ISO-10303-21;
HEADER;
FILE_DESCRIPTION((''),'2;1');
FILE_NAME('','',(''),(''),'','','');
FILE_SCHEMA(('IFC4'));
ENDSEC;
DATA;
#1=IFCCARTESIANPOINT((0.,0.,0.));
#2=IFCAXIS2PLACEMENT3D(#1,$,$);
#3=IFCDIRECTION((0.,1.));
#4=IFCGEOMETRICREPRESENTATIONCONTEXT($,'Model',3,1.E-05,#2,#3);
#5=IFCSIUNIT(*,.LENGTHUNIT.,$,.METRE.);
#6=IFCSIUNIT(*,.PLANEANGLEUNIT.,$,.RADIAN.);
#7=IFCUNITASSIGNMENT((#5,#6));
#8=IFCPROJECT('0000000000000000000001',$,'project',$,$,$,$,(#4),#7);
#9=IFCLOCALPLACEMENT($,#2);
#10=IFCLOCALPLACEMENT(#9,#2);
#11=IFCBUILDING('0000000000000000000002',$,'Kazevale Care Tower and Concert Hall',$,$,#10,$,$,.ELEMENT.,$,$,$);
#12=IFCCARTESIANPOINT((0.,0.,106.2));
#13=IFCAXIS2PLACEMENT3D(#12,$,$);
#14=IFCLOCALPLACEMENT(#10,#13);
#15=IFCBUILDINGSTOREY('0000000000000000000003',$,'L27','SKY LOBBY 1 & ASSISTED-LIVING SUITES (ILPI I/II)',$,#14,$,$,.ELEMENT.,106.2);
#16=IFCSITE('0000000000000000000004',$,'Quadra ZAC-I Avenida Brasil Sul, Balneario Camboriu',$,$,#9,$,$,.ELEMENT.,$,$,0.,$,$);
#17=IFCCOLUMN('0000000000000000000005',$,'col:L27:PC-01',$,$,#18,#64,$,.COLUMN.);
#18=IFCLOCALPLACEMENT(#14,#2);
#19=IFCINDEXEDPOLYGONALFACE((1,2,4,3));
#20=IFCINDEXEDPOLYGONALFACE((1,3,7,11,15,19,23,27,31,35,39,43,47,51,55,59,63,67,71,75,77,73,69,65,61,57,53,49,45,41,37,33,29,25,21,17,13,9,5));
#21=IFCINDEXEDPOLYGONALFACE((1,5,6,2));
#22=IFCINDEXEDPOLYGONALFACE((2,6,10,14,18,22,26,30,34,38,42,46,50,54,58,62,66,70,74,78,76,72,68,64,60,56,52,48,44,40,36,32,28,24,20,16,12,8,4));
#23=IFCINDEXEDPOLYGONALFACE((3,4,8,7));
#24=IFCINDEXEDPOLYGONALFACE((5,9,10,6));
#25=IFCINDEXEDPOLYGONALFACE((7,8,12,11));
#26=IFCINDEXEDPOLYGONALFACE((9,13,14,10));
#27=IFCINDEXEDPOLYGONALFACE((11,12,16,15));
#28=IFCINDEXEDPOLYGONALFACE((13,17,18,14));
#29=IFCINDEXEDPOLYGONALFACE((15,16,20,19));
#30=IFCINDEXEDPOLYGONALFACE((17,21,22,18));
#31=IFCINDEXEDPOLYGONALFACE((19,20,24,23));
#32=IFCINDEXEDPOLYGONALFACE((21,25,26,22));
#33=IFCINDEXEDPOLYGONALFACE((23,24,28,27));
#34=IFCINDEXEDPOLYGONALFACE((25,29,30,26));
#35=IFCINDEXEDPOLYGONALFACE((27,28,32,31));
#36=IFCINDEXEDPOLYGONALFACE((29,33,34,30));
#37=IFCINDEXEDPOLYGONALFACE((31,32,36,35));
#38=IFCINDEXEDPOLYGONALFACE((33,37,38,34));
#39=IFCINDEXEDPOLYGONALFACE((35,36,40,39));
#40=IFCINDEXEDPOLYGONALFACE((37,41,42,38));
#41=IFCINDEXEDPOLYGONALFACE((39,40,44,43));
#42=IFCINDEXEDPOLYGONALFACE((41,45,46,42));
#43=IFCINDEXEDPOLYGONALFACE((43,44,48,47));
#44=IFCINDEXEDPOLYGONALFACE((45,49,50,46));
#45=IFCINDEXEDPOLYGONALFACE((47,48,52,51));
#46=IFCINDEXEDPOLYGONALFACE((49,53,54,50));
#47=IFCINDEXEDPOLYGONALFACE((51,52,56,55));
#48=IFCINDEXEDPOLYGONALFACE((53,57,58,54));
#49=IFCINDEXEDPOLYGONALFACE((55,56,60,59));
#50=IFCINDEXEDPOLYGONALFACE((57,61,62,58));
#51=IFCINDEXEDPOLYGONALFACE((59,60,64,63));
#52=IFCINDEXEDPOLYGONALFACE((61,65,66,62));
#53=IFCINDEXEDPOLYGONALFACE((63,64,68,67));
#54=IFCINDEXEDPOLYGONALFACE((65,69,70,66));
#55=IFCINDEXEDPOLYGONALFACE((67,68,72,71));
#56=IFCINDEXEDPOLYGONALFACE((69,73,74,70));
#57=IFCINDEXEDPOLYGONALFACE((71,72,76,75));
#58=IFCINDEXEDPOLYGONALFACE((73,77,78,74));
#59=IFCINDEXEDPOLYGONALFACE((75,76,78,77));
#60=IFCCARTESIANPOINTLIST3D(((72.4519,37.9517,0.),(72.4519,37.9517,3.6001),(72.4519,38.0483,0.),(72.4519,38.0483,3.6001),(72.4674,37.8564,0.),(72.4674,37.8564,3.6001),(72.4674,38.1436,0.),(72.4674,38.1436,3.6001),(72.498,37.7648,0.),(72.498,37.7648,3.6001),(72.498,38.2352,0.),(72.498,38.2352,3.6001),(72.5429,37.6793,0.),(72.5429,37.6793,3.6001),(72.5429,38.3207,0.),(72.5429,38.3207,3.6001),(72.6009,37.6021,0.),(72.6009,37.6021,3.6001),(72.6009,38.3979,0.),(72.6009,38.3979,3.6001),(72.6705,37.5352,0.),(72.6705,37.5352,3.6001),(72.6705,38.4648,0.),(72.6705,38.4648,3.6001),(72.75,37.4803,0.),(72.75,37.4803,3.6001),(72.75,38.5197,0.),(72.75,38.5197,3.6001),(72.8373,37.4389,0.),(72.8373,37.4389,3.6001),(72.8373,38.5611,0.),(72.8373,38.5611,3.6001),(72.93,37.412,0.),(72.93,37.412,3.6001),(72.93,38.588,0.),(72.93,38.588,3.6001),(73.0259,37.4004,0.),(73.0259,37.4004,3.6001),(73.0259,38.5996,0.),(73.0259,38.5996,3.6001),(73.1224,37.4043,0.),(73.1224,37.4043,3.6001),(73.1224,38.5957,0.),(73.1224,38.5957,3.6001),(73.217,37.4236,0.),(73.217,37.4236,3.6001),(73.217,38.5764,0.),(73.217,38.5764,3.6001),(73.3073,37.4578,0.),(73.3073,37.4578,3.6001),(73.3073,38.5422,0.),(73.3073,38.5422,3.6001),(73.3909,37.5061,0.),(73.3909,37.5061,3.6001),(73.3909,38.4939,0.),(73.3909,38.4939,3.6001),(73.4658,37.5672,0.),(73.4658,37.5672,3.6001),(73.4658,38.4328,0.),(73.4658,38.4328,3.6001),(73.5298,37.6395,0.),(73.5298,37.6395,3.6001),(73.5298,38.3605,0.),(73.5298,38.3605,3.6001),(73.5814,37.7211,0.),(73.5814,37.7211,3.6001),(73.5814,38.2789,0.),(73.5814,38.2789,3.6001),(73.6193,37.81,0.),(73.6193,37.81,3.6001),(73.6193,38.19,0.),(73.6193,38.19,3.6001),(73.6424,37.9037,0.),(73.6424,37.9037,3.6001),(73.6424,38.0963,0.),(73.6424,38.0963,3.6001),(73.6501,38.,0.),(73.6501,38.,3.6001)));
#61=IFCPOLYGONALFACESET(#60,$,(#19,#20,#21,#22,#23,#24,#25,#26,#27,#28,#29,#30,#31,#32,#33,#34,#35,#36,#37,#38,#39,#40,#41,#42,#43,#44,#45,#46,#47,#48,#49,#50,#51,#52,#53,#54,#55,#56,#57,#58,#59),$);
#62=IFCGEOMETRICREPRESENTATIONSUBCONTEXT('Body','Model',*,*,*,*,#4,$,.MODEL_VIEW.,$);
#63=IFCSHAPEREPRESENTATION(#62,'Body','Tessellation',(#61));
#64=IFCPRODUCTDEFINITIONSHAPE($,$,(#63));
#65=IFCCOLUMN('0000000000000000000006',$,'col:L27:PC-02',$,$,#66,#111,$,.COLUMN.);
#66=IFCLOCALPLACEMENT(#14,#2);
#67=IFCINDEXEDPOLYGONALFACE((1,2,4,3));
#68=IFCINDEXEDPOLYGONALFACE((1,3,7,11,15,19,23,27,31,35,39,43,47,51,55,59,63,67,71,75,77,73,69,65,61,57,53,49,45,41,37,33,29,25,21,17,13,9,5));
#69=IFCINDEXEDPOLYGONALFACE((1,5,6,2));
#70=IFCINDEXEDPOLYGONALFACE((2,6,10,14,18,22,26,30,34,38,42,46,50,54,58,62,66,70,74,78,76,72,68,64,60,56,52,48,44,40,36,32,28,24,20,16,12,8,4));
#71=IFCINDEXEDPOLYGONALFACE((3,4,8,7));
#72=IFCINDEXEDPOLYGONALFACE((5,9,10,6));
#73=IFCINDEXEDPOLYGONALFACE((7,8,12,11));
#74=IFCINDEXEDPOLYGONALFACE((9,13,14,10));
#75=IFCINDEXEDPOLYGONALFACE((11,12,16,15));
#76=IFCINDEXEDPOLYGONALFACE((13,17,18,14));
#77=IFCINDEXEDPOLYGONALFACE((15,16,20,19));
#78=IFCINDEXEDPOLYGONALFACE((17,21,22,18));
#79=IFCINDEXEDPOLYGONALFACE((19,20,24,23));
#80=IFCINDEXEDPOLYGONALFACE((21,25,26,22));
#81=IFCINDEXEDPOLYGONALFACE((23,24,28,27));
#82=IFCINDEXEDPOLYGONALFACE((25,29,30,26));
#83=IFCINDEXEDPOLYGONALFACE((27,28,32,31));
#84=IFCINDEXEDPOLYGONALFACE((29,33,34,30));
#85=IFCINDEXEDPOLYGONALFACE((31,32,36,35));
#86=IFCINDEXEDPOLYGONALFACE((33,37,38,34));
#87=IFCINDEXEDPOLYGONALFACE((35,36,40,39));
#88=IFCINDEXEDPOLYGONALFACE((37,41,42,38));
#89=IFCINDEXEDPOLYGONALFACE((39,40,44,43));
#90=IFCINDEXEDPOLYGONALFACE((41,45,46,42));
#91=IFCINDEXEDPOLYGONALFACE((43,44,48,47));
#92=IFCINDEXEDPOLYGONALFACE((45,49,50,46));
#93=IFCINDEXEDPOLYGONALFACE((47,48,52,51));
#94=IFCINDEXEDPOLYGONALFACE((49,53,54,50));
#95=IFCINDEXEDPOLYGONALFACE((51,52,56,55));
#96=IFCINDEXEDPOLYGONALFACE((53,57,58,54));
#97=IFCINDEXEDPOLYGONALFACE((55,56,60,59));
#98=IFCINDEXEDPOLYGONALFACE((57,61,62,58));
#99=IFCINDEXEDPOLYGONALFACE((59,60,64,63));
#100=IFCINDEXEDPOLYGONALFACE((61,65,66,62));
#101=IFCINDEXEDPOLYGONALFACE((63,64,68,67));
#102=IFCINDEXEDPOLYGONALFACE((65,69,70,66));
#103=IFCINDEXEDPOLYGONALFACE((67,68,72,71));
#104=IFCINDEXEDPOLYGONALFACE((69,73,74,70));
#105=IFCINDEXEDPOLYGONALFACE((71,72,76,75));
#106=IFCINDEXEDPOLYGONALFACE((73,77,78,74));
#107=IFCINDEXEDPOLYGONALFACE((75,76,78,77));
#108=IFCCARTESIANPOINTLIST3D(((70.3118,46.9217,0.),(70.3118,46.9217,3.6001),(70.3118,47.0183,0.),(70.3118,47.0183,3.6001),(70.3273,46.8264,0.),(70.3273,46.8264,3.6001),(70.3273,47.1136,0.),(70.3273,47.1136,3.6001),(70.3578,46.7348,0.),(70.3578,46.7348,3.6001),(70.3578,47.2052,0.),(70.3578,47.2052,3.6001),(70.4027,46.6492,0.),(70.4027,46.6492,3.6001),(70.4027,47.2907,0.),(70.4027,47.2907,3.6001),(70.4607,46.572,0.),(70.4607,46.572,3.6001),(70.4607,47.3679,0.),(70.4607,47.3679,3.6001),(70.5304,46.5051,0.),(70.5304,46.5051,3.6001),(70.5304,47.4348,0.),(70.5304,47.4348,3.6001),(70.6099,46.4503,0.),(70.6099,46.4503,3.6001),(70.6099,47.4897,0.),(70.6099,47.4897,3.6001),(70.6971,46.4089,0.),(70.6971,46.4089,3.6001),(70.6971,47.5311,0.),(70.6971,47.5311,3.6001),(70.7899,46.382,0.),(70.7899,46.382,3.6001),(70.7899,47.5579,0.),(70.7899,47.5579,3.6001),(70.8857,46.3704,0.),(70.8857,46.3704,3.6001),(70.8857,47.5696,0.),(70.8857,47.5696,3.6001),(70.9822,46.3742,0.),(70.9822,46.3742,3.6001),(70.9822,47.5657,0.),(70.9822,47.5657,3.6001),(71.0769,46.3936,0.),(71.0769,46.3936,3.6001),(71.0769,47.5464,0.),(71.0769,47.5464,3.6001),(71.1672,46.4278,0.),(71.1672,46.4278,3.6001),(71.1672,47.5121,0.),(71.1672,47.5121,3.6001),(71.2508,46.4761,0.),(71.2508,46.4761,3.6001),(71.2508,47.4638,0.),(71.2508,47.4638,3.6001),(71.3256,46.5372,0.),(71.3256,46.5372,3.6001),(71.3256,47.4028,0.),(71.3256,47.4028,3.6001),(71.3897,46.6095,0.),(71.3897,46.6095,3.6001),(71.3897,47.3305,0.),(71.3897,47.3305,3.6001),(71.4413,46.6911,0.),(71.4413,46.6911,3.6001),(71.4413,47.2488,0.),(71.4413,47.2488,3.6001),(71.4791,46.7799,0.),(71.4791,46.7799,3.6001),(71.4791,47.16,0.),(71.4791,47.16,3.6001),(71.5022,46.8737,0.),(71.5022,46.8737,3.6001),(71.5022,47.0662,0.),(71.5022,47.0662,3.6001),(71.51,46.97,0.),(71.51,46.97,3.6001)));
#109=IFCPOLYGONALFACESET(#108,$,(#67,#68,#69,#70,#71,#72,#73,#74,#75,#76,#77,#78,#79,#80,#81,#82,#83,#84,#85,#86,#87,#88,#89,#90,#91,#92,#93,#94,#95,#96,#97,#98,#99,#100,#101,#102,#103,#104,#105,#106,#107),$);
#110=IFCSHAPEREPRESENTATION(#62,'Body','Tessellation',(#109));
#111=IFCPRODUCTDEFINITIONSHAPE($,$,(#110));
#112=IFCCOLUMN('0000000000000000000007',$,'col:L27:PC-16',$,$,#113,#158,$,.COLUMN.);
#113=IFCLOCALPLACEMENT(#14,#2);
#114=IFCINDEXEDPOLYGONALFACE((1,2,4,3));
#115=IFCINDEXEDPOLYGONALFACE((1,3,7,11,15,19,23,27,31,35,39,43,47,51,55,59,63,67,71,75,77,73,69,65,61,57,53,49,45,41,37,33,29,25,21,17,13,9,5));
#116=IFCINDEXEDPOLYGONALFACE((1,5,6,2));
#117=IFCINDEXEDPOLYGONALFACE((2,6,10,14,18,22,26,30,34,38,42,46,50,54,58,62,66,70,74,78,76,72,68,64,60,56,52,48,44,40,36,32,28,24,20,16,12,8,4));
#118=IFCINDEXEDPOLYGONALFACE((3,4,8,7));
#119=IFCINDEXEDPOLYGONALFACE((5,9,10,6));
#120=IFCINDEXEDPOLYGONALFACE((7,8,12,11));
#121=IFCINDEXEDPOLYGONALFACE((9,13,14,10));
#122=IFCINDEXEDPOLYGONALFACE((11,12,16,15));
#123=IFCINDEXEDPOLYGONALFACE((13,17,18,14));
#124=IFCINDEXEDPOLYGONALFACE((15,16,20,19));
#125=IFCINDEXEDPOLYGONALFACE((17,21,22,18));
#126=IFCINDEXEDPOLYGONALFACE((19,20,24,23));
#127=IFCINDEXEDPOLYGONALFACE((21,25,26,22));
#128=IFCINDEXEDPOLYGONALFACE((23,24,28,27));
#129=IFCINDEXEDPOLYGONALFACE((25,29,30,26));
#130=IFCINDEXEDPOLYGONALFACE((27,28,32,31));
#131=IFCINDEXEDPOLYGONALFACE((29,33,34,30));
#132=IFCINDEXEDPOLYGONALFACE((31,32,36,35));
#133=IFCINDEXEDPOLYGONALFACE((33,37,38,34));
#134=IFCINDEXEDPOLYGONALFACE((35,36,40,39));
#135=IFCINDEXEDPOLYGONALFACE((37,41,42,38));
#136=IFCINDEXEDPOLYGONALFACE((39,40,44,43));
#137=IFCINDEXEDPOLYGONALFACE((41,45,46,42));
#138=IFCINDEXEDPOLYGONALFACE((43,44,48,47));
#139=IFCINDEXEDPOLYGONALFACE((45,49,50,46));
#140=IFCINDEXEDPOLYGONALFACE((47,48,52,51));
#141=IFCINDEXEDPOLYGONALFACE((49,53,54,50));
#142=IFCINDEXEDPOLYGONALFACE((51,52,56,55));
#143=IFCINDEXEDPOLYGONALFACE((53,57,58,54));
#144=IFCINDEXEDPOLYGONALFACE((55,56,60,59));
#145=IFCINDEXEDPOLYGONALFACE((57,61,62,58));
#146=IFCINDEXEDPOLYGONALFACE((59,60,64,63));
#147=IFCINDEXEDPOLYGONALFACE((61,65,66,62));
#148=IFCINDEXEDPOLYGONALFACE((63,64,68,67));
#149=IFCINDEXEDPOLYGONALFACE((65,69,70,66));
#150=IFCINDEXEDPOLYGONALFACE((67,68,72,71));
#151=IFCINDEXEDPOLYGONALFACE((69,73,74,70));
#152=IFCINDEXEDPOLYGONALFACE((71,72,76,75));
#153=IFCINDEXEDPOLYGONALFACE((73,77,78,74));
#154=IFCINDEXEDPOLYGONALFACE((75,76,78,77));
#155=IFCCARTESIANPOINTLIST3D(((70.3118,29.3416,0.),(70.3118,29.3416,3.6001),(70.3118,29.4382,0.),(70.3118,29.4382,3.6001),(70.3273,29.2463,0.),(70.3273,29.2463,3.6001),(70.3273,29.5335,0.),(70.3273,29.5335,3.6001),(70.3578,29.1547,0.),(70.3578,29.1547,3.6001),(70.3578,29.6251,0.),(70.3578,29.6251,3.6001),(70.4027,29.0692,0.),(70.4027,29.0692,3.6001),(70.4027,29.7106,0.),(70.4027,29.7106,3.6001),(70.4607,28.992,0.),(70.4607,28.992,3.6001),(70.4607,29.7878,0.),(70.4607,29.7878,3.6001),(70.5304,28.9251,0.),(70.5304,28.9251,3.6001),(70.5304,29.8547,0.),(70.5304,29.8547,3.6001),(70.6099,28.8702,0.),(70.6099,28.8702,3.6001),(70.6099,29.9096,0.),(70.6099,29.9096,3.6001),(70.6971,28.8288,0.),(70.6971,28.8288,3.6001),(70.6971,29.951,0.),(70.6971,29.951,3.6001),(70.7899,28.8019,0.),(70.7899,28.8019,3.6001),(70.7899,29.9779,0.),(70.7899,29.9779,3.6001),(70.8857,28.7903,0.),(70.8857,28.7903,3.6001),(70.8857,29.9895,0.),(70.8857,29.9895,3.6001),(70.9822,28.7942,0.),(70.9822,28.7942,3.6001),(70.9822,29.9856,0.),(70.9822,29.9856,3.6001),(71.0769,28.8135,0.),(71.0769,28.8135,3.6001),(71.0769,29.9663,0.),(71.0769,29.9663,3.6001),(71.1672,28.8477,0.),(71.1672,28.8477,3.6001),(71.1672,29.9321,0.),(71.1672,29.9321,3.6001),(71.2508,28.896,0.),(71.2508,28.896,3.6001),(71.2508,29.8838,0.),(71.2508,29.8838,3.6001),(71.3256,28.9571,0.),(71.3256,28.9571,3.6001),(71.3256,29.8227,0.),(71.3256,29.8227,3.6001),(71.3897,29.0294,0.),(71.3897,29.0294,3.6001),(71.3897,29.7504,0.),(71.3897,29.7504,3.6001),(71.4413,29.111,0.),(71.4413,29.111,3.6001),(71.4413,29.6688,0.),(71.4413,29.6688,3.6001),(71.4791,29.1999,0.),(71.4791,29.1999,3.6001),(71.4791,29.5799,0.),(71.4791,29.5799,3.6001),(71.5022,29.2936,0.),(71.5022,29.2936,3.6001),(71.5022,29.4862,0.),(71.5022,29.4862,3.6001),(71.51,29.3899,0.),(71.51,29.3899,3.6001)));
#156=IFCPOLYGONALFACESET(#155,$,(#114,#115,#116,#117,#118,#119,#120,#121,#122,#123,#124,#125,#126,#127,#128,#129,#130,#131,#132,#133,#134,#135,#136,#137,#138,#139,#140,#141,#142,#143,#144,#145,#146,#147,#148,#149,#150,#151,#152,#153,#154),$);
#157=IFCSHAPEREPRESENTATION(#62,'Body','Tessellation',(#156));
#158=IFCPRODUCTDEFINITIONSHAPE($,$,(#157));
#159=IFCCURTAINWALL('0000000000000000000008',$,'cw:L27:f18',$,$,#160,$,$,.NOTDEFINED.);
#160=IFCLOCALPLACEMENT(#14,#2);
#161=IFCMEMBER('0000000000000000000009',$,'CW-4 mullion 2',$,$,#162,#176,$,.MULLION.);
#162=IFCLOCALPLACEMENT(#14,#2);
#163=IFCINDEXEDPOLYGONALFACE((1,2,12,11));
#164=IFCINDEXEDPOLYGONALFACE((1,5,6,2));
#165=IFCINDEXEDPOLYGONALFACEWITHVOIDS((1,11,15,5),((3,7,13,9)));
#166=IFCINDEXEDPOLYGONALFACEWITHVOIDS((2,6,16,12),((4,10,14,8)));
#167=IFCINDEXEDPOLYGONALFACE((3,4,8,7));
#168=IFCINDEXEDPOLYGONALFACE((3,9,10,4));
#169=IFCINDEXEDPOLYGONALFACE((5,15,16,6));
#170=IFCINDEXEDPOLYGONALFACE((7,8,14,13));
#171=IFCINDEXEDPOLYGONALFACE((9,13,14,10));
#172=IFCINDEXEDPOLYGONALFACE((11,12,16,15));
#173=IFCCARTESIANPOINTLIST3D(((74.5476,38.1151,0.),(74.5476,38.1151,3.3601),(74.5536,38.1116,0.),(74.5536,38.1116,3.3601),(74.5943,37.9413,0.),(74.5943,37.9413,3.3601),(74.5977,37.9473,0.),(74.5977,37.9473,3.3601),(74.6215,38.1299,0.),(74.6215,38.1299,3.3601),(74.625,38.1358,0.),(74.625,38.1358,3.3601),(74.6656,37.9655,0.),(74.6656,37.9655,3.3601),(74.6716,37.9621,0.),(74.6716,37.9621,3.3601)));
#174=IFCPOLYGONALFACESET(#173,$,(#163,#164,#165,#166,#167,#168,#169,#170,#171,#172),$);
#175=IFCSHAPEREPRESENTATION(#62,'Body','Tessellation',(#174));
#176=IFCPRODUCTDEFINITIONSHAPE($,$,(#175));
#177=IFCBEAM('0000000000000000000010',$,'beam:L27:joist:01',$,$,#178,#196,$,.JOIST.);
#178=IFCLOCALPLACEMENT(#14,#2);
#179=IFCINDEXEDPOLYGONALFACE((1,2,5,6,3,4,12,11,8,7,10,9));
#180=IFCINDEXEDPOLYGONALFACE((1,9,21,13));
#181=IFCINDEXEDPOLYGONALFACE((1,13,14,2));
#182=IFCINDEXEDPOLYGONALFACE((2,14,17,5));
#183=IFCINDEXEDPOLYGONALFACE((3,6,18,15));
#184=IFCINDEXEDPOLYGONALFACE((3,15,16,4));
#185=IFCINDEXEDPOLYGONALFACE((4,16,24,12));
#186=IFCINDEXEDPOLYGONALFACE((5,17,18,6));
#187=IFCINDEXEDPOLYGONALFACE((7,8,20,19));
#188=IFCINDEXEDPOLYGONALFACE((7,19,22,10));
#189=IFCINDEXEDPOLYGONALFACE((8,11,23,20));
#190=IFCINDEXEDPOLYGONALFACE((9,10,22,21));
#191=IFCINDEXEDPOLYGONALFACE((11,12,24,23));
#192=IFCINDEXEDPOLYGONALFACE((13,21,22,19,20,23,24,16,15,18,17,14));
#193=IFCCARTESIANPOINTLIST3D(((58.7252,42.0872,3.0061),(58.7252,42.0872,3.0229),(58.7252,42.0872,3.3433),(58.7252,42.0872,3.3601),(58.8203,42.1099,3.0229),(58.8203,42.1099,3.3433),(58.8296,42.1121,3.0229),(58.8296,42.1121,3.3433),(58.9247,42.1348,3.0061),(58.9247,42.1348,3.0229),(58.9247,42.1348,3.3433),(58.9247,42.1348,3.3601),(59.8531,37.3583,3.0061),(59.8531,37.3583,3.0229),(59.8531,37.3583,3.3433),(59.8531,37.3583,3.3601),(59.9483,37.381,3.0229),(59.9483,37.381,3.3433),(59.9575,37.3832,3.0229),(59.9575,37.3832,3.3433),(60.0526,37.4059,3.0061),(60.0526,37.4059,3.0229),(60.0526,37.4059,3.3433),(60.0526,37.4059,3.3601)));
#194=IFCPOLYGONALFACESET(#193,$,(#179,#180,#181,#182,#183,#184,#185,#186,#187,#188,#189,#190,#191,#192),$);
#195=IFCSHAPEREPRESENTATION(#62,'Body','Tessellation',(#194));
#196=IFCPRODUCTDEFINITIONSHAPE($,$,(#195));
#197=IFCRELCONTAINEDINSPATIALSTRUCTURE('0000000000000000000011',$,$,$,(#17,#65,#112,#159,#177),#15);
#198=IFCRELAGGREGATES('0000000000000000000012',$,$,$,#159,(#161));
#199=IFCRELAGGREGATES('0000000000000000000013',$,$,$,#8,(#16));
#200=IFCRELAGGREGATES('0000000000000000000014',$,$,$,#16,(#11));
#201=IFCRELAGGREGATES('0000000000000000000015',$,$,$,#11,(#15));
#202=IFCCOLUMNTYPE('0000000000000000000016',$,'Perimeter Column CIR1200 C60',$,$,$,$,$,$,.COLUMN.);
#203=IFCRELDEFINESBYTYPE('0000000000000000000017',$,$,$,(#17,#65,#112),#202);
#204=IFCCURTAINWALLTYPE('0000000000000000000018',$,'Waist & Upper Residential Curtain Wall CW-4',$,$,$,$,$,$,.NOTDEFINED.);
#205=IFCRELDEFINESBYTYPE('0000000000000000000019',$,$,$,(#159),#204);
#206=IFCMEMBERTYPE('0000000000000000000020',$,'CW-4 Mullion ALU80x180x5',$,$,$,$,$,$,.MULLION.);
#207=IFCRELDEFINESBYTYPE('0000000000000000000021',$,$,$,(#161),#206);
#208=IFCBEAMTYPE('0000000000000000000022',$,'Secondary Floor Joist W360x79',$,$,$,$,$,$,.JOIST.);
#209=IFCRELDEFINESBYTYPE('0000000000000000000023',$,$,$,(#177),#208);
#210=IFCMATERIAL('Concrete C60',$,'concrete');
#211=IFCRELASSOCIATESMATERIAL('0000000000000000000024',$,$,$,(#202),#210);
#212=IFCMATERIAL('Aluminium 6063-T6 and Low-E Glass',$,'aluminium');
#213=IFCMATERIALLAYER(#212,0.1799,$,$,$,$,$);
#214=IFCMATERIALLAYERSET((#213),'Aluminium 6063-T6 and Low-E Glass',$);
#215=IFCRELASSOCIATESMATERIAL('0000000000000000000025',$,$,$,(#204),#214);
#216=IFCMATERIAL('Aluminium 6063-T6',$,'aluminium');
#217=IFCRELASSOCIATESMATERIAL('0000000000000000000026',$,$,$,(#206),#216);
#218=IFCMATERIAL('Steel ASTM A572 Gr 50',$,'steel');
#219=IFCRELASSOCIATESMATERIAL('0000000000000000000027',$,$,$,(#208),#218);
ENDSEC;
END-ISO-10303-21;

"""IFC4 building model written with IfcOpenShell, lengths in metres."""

from ifc_helpers import new_model, si_unit, direction, frame, origin, origin_2d, place, context, subcontext, project, spatial, hollow_rectangle, circle, i_section, extrude, material, layer, layer_set, material_profile, profile_set, type_object, element, aggregate, save


model = new_model("IFC4")

# Units and contexts
model_context = context("Model", 3, precision=1e-05, world=origin(), true_north=direction((0.0, 1.0)))
body_context = subcontext(model_context, "Body", "Model", "MODEL_VIEW")
ifc_project = project(units=[si_unit("LENGTHUNIT", "METRE"), si_unit("PLANEANGLEUNIT", "RADIAN")], contexts=[model_context])

# Site, building, storey
site_placement = place(None, origin())
site = spatial("IfcSite", under=ifc_project, at=site_placement, Name="Quadra ZAC-I Avenida Brasil Sul, Balneario Camboriu", CompositionType="ELEMENT", RefElevation=0.0)
building_placement = place(site_placement, origin())
building = spatial("IfcBuilding", under=site, at=building_placement, Name="Kazevale Care Tower and Concert Hall", CompositionType="ELEMENT")
storey_placement = place(building_placement, frame((0.0, 0.0, 106.2)))
storey = spatial("IfcBuildingStorey", under=building, at=storey_placement, Name="L27", Description="SKY LOBBY 1 & ASSISTED-LIVING SUITES (ILPI I/II)", CompositionType="ELEMENT", Elevation=106.2)

# Columns
ifc_material_1 = material(Name="Concrete C60", Category="concrete")
ifc_material_profile_1 = material_profile(ifc_material_1, circle(Radius=0.6001, at=origin_2d()), Name="RC-CIR1200")
ifc_profile_set_1 = profile_set([ifc_material_profile_1], Name="Concrete C60")
column_type = type_object("IfcColumnType", Name="Perimeter Column CIR1200 C60", PredefinedType="COLUMN", material=ifc_profile_set_1)
for number, where, z_axis, x_axis, name in (
    (1, (73.05, 38.0, 0.0), (0.0, 0.0, 1.0), (1.0, 0.0, 0.0), "col:L27:PC-01"),
    (2, (70.9099, 46.97, 0.0), (0.0, 0.0, 1.0), (1.0, 0.0, 0.0), "col:L27:PC-02"),
    (3, (70.9099, 29.3899, 0.0), (0.0, 0.0, 1.0), (1.0, 0.0, 0.0), "col:L27:PC-16"),
):
    element("IfcColumn", number, at=place(storey_placement, frame(where, z_axis=z_axis, x_axis=x_axis)), inside=storey, type_object=column_type, Name=name, PredefinedType="COLUMN", context=body_context, shape_type="SweptSolid", body=[
        extrude(circle(Radius=0.6001, at=origin_2d()), origin(), (0.0, 0.0, 1.0), 3.6001),
    ])

# Curtain wall, member
ifc_material_2 = material(Name="Aluminium 6063-T6 and Low-E Glass", Category="aluminium")
ifc_layer_1 = layer(ifc_material_2, 0.1799)
ifc_layer_set_1 = layer_set([ifc_layer_1], Name="Aluminium 6063-T6 and Low-E Glass")
curtain_wall_type = type_object("IfcCurtainWallType", Name="Waist & Upper Residential Curtain Wall CW-4", PredefinedType="NOTDEFINED", material=ifc_layer_set_1)
curtain_wall_placement = place(storey_placement, origin())
curtain_wall = element("IfcCurtainWall", 4, at=curtain_wall_placement, inside=storey, type_object=curtain_wall_type, Name="cw:L27:f18", PredefinedType="NOTDEFINED")
ifc_material_3 = material(Name="Aluminium 6063-T6", Category="aluminium")
ifc_material_profile_2 = material_profile(ifc_material_3, hollow_rectangle(XDim=0.0801, YDim=0.1799, WallThickness=0.0049, at=origin_2d()), Name="ALU80x180x5")
ifc_profile_set_2 = profile_set([ifc_material_profile_2], Name="Aluminium 6063-T6")
member_type = type_object("IfcMemberType", Name="CW-4 Mullion ALU80x180x5", PredefinedType="MULLION", material=ifc_profile_set_2)
member_placement = place(storey_placement, frame((74.6096, 38.0386, 0.0), z_axis=(0.0, 0.0, 1.0), x_axis=(0.965806, 0.259265, 0.0)))
member = element("IfcMember", 5, at=member_placement, type_object=member_type, Name="CW-4 mullion 2", PredefinedType="MULLION", context=body_context, shape_type="SweptSolid", body=[
    extrude(hollow_rectangle(XDim=0.0801, YDim=0.1799, WallThickness=0.0049, at=origin_2d()), origin(), (0.0, 0.0, 1.0), 3.3601),
])

# Beam
ifc_material_4 = material(Name="Steel ASTM A572 Gr 50", Category="steel")
ifc_material_profile_3 = material_profile(ifc_material_4, i_section(OverallWidth=0.2051, OverallDepth=0.354, WebThickness=0.0095, FlangeThickness=0.0168, at=origin_2d()), Name="W360x79")
ifc_profile_set_3 = profile_set([ifc_material_profile_3], Name="Steel ASTM A572 Gr 50")
beam_type_1 = type_object("IfcBeamType", Name="Secondary Floor Joist W360x79", PredefinedType="JOIST", material=ifc_profile_set_3)
beam_1_placement = place(storey_placement, frame((59.9529, 37.3821, 3.1831), z_axis=(-0.232005, 0.972715, 0.0), x_axis=(-0.972715, -0.232005, 0.0)))
element("IfcBeam", 6, at=beam_1_placement, inside=storey, type_object=beam_type_1, Name="beam:L27:joist:01", PredefinedType="JOIST", context=body_context, shape_type="SweptSolid", body=[
    extrude(i_section(OverallWidth=0.2051, OverallDepth=0.354, WebThickness=0.0095, FlangeThickness=0.0168, at=origin_2d()), origin(), (0.0, 0.0, 1.0), 4.8616),
])

aggregate(curtain_wall, [member])

save(model, "model.ifc")
